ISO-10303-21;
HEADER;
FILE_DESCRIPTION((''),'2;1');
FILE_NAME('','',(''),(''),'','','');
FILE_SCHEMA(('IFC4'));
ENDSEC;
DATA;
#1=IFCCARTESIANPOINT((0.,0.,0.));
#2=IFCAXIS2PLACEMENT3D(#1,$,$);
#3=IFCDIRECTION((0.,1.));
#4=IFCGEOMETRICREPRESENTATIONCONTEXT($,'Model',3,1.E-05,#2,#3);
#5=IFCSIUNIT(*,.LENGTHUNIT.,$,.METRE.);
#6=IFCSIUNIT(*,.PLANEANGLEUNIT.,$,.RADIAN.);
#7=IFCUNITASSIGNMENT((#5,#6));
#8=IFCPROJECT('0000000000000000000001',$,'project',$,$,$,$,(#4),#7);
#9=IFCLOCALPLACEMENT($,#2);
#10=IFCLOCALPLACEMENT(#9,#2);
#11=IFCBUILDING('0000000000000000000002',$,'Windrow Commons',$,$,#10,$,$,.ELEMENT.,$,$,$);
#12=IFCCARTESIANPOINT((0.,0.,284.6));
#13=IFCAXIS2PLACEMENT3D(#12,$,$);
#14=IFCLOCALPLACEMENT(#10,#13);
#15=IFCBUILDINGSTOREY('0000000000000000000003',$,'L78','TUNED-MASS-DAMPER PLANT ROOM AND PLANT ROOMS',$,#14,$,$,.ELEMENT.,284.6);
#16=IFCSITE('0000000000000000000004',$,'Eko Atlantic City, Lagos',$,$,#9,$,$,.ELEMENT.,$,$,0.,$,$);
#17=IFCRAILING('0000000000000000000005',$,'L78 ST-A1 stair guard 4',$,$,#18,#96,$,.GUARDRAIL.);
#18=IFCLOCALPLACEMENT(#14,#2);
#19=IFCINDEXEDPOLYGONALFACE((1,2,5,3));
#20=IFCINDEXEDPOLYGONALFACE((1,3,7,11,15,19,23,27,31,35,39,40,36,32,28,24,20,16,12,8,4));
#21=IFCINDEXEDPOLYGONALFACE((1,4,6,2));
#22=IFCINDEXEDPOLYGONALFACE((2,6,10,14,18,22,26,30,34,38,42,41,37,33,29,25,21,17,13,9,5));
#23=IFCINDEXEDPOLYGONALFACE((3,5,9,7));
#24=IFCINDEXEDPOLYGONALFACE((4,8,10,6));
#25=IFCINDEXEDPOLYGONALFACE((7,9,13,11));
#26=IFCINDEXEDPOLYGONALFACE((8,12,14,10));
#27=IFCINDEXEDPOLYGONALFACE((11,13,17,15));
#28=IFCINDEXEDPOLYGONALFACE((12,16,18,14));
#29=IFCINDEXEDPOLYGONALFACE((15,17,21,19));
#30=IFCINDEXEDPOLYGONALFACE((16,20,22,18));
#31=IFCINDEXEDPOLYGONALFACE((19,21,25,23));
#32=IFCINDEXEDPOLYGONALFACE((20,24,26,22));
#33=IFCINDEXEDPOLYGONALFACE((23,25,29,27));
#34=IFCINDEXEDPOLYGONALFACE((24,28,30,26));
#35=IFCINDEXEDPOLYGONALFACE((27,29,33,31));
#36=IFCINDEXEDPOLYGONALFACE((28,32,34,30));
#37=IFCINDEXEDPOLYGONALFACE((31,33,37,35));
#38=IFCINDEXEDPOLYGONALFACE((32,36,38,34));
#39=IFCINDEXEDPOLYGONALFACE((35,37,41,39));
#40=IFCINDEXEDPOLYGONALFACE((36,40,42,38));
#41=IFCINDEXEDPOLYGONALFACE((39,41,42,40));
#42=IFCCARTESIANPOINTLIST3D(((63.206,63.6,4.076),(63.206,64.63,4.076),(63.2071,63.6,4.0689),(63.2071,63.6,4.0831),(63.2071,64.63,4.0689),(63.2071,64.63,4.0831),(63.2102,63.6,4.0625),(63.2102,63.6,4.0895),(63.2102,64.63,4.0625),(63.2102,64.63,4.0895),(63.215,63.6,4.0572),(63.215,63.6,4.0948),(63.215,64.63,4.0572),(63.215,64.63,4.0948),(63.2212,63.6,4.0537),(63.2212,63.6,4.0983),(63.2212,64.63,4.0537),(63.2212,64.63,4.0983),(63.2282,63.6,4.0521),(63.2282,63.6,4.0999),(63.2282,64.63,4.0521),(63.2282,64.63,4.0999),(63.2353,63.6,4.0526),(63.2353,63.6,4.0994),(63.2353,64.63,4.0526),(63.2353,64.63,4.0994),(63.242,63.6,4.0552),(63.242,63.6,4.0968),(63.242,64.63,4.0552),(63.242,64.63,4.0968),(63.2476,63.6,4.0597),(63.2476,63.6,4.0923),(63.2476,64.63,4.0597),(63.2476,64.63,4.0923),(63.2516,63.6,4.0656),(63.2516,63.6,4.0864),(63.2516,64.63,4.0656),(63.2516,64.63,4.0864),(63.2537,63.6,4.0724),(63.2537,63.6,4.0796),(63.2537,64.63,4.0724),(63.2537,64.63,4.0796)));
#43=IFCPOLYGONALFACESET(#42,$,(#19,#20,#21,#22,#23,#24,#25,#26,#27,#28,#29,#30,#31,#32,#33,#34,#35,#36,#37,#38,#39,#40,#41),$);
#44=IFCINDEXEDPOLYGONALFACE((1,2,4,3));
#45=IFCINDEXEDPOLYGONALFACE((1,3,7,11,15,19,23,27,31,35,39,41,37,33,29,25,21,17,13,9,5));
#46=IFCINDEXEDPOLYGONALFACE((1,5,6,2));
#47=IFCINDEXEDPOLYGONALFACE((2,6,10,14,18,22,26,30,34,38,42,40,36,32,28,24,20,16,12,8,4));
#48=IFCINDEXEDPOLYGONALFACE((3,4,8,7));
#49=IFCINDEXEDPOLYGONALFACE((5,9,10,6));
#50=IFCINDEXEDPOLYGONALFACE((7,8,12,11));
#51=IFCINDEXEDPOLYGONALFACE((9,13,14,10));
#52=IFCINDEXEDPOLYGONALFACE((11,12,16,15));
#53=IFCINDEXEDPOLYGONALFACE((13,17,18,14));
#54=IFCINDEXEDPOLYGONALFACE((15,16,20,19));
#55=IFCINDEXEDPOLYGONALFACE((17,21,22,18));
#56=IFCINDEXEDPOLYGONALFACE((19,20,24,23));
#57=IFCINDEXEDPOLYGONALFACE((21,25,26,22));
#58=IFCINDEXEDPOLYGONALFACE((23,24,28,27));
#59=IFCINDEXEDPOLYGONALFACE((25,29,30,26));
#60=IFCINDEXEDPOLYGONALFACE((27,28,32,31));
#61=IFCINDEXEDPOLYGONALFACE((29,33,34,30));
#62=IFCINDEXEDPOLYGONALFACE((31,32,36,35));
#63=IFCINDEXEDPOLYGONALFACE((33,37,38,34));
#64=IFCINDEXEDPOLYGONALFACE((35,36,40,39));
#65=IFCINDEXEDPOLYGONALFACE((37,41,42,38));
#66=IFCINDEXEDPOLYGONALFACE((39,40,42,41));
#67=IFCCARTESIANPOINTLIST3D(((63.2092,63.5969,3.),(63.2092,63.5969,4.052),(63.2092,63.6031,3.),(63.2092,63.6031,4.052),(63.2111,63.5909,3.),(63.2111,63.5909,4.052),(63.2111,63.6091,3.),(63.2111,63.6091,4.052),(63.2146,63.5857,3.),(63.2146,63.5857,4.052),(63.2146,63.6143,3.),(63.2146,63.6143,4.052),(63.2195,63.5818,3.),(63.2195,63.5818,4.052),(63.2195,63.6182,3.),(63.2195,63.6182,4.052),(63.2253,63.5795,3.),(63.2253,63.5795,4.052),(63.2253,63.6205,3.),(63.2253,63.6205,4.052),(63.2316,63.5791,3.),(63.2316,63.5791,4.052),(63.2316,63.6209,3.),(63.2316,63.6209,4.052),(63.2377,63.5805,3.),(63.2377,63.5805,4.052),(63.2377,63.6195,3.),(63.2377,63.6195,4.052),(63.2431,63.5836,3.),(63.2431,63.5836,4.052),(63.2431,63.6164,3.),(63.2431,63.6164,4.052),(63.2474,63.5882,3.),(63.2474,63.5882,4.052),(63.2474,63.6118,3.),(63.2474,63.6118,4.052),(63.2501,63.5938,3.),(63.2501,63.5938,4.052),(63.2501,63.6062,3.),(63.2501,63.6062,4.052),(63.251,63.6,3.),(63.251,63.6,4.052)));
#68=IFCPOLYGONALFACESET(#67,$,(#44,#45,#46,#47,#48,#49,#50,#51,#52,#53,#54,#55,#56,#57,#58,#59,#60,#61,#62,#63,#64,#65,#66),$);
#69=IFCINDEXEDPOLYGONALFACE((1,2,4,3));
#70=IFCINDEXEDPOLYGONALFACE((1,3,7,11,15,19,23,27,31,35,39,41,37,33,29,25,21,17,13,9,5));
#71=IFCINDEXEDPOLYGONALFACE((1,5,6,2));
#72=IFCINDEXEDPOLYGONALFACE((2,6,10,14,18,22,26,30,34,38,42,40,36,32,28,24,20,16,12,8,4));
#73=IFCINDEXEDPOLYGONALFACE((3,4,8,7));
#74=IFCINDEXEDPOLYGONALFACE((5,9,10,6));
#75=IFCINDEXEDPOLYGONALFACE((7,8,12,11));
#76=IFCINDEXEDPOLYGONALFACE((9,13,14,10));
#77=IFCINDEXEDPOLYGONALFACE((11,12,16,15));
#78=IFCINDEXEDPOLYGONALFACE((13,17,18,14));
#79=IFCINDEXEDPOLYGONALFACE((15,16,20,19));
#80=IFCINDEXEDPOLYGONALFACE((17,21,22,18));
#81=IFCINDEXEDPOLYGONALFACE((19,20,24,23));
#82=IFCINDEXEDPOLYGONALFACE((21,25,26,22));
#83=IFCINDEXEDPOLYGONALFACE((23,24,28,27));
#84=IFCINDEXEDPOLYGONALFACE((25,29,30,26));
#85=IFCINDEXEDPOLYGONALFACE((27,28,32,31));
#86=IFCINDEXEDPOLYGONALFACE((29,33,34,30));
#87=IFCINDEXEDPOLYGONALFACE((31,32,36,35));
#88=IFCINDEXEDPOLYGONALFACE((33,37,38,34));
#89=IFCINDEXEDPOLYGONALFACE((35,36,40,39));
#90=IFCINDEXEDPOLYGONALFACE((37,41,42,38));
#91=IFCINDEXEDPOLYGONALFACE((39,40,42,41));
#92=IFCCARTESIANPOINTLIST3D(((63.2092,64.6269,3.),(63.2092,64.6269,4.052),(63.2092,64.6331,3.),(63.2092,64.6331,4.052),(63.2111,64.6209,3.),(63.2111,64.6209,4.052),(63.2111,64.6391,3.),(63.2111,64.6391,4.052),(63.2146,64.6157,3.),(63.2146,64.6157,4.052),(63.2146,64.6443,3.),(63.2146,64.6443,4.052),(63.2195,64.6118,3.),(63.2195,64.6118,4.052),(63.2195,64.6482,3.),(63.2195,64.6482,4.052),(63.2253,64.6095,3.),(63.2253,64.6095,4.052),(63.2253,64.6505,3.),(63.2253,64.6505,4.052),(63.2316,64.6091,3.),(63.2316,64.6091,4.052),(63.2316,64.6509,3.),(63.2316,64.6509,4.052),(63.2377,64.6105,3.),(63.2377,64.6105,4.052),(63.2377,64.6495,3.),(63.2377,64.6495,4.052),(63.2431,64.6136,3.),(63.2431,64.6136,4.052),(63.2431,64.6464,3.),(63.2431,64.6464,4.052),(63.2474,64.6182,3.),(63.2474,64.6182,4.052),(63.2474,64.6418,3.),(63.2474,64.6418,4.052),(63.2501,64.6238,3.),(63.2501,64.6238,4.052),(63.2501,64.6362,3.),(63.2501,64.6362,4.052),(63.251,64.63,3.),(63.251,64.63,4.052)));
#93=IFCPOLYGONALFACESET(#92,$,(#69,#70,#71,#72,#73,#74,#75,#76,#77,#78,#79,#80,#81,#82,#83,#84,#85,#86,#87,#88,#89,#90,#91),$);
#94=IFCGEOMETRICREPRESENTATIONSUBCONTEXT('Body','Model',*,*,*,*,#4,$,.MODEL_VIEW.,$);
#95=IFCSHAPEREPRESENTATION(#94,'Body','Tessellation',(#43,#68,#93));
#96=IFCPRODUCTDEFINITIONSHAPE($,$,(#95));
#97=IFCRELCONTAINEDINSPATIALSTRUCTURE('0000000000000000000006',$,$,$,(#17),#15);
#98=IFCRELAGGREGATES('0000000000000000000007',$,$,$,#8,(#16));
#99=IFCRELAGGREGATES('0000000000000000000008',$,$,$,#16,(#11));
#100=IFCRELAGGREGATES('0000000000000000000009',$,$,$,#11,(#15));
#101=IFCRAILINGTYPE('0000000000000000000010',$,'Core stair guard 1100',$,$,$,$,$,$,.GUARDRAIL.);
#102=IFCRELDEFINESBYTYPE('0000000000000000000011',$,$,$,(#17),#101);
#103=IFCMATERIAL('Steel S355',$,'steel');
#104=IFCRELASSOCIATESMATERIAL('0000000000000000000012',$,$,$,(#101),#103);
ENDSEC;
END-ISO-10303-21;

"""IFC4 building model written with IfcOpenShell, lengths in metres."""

from ifc_helpers import new_model, si_unit, direction, frame, origin, origin_2d, place, context, subcontext, project, spatial, circle, extrude, material, type_object, element, save


model = new_model("IFC4")

# Units and contexts
model_context = context("Model", 3, precision=1e-05, world=origin(), true_north=direction((0.0, 1.0)))
body_context = subcontext(model_context, "Body", "Model", "MODEL_VIEW")
ifc_project = project(units=[si_unit("LENGTHUNIT", "METRE"), si_unit("PLANEANGLEUNIT", "RADIAN")], contexts=[model_context])

# Site, building, storey
site_placement = place(None, origin())
site = spatial("IfcSite", under=ifc_project, at=site_placement, Name="Eko Atlantic City, Lagos", CompositionType="ELEMENT", RefElevation=0.0)
building_placement = place(site_placement, origin())
building = spatial("IfcBuilding", under=site, at=building_placement, Name="Windrow Commons", CompositionType="ELEMENT")
storey_placement = place(building_placement, frame((0.0, 0.0, 284.6)))
storey = spatial("IfcBuildingStorey", under=building, at=storey_placement, Name="L78", Description="TUNED-MASS-DAMPER PLANT ROOM AND PLANT ROOMS", CompositionType="ELEMENT", Elevation=284.6)

# Railing
ifc_material_1 = material(Name="Steel S355", Category="steel")
railing_type_1 = type_object("IfcRailingType", Name="Core stair guard 1100", PredefinedType="GUARDRAIL", material=ifc_material_1)
railing_1_placement = place(storey_placement, frame((63.23, 63.6, 3.0)))
element("IfcRailing", 1, at=railing_1_placement, inside=storey, type_object=railing_type_1, Name="L78 ST-A1 stair guard 4", PredefinedType="GUARDRAIL", context=body_context, shape_type="SweptSolid", body=[
    extrude(circle(Radius=0.024, at=origin_2d()), frame((0.0, 0.0, 1.076), z_axis=(0.0, 1.0, 0.0), x_axis=(-1.0, 0.0, 0.0)), (0.0, 0.0, 1.0), 1.03),
    extrude(circle(Radius=0.021, at=origin_2d()), origin(), (0.0, 0.0, 1.0), 1.052),
    extrude(circle(Radius=0.021, at=origin_2d()), frame((0.0, 1.03, 0.0)), (0.0, 0.0, 1.0), 1.052),
])

save(model, "model.ifc")
